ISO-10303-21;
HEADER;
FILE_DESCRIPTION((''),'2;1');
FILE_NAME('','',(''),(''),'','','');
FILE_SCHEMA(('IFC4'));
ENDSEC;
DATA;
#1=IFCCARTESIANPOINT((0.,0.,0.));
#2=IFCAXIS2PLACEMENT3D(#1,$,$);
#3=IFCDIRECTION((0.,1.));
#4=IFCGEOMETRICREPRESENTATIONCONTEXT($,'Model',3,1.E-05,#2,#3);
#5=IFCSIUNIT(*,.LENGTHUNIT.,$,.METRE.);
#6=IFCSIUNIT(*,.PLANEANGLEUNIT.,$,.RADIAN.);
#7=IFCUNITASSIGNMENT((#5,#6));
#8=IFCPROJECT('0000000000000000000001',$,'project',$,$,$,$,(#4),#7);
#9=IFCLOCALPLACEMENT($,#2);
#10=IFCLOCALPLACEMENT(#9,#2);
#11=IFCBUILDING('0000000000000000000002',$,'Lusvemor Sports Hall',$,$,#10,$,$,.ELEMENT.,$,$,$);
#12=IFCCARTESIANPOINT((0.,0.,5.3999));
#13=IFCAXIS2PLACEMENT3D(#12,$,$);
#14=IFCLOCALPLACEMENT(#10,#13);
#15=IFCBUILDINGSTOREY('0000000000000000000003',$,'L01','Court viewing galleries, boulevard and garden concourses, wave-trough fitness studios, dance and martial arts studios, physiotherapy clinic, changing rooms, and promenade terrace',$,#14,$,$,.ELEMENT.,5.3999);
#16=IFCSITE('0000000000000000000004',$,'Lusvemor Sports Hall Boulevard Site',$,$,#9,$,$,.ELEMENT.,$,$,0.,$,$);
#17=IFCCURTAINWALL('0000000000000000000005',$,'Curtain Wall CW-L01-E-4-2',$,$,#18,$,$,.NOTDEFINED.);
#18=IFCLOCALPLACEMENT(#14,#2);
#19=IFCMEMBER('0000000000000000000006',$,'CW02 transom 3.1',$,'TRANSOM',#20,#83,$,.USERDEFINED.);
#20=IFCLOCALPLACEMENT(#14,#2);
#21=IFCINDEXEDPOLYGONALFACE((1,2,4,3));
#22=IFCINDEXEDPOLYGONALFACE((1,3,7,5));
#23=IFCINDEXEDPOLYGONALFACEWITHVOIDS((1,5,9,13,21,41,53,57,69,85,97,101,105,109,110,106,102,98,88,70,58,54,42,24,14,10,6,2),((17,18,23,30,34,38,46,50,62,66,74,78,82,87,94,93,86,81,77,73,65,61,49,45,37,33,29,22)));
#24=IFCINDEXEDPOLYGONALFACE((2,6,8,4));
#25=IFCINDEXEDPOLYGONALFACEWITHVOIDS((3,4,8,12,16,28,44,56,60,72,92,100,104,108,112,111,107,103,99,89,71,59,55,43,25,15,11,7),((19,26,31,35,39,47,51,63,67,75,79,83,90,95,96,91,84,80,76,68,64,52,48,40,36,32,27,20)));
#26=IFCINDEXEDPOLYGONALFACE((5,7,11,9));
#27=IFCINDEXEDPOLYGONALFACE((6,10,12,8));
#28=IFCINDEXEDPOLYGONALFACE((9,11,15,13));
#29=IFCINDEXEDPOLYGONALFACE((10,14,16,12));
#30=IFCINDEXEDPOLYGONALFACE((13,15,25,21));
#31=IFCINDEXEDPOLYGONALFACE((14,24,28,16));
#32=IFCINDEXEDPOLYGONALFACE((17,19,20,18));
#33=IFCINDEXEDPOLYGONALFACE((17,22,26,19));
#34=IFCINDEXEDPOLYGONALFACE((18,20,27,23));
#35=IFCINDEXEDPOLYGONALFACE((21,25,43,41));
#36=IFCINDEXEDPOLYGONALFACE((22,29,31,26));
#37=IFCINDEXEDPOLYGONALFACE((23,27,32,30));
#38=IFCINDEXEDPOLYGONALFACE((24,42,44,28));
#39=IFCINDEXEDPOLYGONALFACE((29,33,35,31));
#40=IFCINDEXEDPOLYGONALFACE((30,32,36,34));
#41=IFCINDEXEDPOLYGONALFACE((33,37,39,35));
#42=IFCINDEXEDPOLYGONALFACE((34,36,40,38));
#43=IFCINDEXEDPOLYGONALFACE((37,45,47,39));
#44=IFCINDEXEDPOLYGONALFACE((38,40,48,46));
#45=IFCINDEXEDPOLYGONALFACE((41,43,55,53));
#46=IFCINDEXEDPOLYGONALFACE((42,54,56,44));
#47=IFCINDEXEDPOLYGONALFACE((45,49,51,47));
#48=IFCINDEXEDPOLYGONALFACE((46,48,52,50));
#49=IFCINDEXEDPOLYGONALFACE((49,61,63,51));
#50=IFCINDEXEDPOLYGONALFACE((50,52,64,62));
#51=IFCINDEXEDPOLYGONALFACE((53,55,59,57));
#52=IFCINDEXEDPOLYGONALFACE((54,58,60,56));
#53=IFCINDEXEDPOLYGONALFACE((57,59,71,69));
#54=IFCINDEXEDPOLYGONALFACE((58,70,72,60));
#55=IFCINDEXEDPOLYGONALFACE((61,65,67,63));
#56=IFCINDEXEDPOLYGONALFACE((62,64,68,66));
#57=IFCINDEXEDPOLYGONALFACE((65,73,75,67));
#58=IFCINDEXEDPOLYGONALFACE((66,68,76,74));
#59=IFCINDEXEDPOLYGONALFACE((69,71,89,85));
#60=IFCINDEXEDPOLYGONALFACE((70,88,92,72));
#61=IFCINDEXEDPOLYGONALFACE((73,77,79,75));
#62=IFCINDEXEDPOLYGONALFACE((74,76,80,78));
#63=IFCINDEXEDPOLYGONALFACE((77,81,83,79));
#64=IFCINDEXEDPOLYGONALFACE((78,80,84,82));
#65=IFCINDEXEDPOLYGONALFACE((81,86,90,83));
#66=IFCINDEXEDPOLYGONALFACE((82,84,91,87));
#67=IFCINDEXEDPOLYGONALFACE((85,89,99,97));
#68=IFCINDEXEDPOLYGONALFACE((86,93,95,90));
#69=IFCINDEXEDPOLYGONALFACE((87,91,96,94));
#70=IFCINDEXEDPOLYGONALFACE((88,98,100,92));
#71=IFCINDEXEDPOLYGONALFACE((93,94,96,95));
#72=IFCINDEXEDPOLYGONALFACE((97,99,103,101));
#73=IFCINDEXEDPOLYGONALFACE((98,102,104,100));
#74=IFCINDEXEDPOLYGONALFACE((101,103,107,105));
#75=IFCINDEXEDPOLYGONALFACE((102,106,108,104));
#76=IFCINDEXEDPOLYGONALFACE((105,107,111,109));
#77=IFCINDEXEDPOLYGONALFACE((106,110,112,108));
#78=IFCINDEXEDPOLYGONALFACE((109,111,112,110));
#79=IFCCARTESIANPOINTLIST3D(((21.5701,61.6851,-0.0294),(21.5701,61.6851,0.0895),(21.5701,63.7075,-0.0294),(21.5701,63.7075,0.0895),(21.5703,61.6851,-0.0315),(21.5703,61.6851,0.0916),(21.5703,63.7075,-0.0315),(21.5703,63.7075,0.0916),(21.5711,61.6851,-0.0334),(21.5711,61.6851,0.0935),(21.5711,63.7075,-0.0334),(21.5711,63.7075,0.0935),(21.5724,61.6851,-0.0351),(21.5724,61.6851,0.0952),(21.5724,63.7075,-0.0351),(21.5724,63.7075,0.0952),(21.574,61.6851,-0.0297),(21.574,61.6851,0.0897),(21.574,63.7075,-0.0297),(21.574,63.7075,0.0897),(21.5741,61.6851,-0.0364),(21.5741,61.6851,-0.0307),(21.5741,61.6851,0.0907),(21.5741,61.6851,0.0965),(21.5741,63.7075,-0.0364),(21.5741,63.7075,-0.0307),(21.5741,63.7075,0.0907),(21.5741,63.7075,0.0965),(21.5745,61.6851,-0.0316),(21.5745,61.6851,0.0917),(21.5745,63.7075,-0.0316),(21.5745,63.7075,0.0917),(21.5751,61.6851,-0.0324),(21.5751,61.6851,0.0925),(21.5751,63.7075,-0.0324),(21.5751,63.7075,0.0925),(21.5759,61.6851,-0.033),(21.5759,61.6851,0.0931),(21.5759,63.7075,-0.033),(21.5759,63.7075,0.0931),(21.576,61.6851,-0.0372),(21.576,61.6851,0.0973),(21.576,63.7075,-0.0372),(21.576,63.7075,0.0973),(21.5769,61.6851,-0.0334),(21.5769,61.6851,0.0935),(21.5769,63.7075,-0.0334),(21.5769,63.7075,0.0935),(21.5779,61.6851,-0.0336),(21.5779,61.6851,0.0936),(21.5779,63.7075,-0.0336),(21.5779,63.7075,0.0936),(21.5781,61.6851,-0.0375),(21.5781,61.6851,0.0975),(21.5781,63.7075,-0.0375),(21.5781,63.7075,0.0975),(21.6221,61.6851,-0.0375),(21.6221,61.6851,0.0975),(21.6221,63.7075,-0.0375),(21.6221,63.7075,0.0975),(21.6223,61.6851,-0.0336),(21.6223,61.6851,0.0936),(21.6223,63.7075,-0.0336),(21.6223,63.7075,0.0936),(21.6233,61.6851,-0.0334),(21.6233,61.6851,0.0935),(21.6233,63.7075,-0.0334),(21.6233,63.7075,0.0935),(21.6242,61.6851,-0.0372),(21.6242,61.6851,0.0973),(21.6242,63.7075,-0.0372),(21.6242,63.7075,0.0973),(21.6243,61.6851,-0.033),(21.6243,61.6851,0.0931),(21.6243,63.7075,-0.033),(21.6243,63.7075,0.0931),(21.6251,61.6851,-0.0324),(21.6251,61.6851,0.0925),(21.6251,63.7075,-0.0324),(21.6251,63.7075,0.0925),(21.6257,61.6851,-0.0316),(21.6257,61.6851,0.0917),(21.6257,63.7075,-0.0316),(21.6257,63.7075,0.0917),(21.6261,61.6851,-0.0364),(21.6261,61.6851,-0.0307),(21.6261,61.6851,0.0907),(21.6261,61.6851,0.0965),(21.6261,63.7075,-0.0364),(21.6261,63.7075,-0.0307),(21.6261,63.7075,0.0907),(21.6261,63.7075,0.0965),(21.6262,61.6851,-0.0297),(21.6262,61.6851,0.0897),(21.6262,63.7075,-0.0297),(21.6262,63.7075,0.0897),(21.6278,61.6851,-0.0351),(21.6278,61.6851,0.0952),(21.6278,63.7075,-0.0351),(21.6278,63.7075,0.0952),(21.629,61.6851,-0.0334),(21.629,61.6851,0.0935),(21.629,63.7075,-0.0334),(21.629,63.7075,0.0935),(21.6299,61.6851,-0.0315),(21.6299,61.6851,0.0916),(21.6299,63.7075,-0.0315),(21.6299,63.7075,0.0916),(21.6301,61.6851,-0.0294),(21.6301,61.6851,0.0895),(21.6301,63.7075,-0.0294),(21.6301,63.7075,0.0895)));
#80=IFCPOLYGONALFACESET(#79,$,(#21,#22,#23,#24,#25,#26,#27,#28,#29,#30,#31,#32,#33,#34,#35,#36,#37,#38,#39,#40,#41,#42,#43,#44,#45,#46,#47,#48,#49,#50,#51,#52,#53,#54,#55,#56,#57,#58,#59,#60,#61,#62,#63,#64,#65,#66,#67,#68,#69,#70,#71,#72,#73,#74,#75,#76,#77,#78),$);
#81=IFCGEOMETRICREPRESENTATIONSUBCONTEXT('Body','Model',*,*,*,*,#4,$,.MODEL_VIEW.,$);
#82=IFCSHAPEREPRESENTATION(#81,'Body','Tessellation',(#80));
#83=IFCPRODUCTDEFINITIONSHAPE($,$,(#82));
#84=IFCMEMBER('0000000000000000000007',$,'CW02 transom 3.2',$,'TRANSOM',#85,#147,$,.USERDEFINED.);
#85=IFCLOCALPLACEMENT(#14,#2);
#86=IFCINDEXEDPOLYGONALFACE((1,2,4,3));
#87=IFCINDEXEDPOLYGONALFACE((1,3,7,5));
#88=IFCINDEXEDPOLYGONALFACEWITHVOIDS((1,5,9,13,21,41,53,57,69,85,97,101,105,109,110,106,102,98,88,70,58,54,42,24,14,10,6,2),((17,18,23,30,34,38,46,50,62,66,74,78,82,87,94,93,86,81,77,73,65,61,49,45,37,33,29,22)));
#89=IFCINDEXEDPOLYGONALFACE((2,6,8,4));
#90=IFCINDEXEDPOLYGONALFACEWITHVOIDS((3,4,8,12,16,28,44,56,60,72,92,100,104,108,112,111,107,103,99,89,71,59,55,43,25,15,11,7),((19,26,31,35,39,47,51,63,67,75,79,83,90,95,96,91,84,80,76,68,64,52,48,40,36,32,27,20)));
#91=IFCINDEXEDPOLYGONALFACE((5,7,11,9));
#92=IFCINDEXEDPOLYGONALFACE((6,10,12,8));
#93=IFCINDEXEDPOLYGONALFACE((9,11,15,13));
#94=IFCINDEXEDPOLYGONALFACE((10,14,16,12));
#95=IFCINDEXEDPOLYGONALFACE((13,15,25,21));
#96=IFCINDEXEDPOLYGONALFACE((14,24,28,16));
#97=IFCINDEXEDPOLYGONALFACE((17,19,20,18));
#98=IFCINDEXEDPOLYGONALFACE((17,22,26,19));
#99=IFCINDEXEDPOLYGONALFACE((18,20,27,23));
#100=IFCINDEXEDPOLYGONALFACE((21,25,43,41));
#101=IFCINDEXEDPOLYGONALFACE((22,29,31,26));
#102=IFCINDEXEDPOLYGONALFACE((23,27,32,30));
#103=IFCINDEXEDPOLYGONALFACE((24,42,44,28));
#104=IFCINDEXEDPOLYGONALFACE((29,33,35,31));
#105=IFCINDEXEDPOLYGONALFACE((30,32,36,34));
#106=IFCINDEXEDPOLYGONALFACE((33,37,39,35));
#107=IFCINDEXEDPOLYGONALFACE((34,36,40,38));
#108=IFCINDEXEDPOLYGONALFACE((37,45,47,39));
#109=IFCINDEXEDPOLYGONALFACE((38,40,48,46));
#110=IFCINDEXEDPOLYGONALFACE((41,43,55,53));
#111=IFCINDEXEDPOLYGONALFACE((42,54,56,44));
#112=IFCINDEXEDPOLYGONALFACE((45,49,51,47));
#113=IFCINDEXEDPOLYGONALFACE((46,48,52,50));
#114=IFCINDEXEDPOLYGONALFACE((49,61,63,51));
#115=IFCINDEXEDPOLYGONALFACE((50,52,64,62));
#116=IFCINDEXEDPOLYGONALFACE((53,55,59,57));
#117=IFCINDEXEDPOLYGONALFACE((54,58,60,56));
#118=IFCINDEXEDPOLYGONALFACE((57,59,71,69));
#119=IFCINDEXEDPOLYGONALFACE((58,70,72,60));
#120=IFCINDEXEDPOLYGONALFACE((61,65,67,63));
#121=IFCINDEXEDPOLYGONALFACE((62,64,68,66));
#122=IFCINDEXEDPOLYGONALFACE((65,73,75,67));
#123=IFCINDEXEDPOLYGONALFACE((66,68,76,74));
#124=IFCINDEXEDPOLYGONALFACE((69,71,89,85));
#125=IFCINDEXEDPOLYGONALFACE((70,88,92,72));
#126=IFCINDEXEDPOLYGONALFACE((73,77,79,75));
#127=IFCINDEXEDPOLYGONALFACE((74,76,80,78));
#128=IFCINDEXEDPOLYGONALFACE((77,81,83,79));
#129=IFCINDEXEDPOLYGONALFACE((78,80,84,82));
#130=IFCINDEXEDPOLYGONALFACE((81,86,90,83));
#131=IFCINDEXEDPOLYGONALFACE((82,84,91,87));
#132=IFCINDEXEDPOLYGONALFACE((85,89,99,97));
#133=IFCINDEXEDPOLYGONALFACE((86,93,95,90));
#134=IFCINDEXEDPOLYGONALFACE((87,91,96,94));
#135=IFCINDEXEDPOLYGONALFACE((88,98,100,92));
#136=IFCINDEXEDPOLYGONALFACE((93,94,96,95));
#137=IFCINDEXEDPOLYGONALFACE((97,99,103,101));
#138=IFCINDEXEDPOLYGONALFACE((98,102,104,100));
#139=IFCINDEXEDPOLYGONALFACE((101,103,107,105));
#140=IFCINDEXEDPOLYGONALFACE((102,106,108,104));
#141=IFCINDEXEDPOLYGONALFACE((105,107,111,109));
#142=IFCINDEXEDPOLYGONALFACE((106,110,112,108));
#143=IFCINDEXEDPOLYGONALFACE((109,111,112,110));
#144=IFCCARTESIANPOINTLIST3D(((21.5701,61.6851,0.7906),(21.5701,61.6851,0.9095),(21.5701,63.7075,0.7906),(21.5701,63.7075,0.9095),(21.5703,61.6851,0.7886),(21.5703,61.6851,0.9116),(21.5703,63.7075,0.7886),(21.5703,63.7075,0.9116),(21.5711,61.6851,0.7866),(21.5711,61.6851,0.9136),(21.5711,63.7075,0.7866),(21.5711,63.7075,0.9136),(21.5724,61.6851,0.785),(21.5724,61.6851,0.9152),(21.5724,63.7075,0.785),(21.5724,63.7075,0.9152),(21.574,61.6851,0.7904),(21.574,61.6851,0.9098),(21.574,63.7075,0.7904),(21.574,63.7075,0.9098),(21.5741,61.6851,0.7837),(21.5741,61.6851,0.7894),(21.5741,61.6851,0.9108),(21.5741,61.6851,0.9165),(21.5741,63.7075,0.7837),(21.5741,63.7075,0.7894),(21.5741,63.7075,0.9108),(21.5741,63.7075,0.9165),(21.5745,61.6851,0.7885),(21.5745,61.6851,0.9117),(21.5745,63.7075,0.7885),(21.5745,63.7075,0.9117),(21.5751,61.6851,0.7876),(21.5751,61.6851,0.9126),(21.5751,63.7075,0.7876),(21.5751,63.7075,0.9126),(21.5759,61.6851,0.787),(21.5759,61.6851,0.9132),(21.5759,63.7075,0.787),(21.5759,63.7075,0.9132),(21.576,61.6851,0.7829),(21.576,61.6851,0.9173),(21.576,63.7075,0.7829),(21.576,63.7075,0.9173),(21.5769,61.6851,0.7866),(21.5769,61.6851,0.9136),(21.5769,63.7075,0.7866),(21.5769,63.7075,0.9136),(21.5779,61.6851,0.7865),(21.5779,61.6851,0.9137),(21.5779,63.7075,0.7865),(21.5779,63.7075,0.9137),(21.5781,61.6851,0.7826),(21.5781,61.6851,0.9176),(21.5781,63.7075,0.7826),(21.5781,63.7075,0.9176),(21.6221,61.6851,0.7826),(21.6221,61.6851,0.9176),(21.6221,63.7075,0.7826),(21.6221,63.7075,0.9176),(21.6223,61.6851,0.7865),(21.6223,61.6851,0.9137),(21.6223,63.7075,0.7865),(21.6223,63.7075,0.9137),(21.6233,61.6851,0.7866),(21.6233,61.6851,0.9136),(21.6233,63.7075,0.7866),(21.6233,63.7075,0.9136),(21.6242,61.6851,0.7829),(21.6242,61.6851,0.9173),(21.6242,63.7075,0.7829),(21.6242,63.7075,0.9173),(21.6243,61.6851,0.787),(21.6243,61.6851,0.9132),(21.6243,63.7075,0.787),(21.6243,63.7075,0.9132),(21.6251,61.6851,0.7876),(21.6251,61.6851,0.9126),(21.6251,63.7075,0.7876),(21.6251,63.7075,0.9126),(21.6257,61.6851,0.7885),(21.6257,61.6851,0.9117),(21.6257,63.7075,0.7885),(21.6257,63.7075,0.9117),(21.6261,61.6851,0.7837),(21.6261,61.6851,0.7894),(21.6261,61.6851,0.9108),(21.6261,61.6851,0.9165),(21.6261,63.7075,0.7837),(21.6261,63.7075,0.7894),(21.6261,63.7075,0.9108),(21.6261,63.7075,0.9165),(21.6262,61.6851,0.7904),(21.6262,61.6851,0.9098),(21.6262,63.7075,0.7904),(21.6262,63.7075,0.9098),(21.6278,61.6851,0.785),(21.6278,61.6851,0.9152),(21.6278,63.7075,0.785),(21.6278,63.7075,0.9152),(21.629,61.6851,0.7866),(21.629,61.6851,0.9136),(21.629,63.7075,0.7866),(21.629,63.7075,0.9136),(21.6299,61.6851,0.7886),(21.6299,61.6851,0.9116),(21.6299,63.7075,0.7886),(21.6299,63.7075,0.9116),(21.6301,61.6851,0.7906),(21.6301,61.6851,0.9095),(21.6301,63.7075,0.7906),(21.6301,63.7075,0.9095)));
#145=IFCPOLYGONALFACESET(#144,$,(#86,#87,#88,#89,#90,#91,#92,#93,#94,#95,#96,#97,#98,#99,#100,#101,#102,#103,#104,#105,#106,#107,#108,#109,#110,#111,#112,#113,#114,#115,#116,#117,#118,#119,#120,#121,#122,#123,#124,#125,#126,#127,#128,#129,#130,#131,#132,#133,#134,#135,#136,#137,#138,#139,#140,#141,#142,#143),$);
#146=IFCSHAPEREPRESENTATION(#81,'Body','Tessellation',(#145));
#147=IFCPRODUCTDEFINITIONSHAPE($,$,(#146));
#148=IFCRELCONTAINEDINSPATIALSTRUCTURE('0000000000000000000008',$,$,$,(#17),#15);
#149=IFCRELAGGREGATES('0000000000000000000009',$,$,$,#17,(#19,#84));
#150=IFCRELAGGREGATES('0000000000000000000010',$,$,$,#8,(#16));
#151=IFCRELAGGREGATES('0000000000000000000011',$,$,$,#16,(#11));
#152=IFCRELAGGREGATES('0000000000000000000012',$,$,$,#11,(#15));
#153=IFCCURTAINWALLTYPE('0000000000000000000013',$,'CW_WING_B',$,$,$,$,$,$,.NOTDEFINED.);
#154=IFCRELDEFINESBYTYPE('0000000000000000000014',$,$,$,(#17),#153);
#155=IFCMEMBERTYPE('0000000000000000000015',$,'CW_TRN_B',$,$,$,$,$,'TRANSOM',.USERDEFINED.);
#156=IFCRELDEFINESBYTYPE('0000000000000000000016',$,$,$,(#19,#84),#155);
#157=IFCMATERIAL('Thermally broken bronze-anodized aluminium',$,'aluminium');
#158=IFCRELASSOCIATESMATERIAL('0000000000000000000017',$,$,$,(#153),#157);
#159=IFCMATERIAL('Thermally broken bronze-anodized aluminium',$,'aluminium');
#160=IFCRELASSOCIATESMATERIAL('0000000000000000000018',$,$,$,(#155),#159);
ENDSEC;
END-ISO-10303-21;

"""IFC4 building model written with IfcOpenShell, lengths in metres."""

from ifc_helpers import new_model, si_unit, direction, frame, origin, origin_2d, place, context, subcontext, project, spatial, hollow_rectangle, extrude, material, material_profile, profile_set, type_object, element, aggregate, save


model = new_model("IFC4")

# Units and contexts
model_context = context("Model", 3, precision=1e-05, world=origin(), true_north=direction((0.0, 1.0)))
body_context = subcontext(model_context, "Body", "Model", "MODEL_VIEW")
ifc_project = project(units=[si_unit("LENGTHUNIT", "METRE"), si_unit("PLANEANGLEUNIT", "RADIAN")], contexts=[model_context])

# Site, building, storey
site_placement = place(None, origin())
site = spatial("IfcSite", under=ifc_project, at=site_placement, Name="Lusvemor Sports Hall Boulevard Site", CompositionType="ELEMENT", RefElevation=0.0)
building_placement = place(site_placement, origin())
building = spatial("IfcBuilding", under=site, at=building_placement, Name="Lusvemor Sports Hall", CompositionType="ELEMENT")
storey_placement = place(building_placement, frame((0.0, 0.0, 5.3999)))
storey = spatial("IfcBuildingStorey", under=building, at=storey_placement, Name="L01", Description="Court viewing galleries, boulevard and garden concourses, wave-trough fitness studios, dance and martial arts studios, physiotherapy clinic, changing rooms, and promenade terrace", CompositionType="ELEMENT", Elevation=5.3999)

# Curtain wall, members
ifc_material_1 = material(Name="Thermally broken bronze-anodized aluminium", Category="aluminium")
curtain_wall_type = type_object("IfcCurtainWallType", Name="CW_WING_B", PredefinedType="NOTDEFINED", material=ifc_material_1)
curtain_wall_placement = place(storey_placement, origin())
curtain_wall = element("IfcCurtainWall", 1, at=curtain_wall_placement, inside=storey, type_object=curtain_wall_type, Name="Curtain Wall CW-L01-E-4-2", PredefinedType="NOTDEFINED")
ifc_material_2 = material(Name="Thermally broken bronze-anodized aluminium", Category="aluminium")
ifc_material_profile_1 = material_profile(ifc_material_2, hollow_rectangle(XDim=0.0601, YDim=0.135, WallThickness=0.0039, InnerFilletRadius=0.0039, OuterFilletRadius=0.0081, at=origin_2d()), Name="CWTRN135x60x4")
ifc_profile_set_1 = profile_set([ifc_material_profile_1], Name="Thermally broken bronze-anodized aluminium")
member_type_1 = type_object("IfcMemberType", Name="CW_TRN_B", ElementType="TRANSOM", PredefinedType="USERDEFINED", material=ifc_profile_set_1)
member_1_placement = place(storey_placement, frame((21.6001, 63.7075, 0.03), z_axis=(0.0, -1.0, 0.0), x_axis=(1.0, 0.0, 0.0)))
member_1 = element("IfcMember", 2, at=member_1_placement, type_object=member_type_1, Name="CW02 transom 3.1", ObjectType="TRANSOM", PredefinedType="USERDEFINED", context=body_context, shape_type="SweptSolid", body=[
    extrude(hollow_rectangle(XDim=0.0601, YDim=0.135, WallThickness=0.0039, InnerFilletRadius=0.0039, OuterFilletRadius=0.0081, at=origin_2d()), origin(), (0.0, 0.0, 1.0), 2.0225),
])
member_2_placement = place(storey_placement, frame((21.6001, 63.7075, 0.8501), z_axis=(0.0, -1.0, 0.0), x_axis=(1.0, 0.0, 0.0)))
member_2 = element("IfcMember", 3, at=member_2_placement, type_object=member_type_1, Name="CW02 transom 3.2", ObjectType="TRANSOM", PredefinedType="USERDEFINED", context=body_context, shape_type="SweptSolid", body=[
    extrude(hollow_rectangle(XDim=0.0601, YDim=0.135, WallThickness=0.0039, InnerFilletRadius=0.0039, OuterFilletRadius=0.0081, at=origin_2d()), origin(), (0.0, 0.0, 1.0), 2.0225),
])

aggregate(curtain_wall, [member_1, member_2])

save(model, "model.ifc")
